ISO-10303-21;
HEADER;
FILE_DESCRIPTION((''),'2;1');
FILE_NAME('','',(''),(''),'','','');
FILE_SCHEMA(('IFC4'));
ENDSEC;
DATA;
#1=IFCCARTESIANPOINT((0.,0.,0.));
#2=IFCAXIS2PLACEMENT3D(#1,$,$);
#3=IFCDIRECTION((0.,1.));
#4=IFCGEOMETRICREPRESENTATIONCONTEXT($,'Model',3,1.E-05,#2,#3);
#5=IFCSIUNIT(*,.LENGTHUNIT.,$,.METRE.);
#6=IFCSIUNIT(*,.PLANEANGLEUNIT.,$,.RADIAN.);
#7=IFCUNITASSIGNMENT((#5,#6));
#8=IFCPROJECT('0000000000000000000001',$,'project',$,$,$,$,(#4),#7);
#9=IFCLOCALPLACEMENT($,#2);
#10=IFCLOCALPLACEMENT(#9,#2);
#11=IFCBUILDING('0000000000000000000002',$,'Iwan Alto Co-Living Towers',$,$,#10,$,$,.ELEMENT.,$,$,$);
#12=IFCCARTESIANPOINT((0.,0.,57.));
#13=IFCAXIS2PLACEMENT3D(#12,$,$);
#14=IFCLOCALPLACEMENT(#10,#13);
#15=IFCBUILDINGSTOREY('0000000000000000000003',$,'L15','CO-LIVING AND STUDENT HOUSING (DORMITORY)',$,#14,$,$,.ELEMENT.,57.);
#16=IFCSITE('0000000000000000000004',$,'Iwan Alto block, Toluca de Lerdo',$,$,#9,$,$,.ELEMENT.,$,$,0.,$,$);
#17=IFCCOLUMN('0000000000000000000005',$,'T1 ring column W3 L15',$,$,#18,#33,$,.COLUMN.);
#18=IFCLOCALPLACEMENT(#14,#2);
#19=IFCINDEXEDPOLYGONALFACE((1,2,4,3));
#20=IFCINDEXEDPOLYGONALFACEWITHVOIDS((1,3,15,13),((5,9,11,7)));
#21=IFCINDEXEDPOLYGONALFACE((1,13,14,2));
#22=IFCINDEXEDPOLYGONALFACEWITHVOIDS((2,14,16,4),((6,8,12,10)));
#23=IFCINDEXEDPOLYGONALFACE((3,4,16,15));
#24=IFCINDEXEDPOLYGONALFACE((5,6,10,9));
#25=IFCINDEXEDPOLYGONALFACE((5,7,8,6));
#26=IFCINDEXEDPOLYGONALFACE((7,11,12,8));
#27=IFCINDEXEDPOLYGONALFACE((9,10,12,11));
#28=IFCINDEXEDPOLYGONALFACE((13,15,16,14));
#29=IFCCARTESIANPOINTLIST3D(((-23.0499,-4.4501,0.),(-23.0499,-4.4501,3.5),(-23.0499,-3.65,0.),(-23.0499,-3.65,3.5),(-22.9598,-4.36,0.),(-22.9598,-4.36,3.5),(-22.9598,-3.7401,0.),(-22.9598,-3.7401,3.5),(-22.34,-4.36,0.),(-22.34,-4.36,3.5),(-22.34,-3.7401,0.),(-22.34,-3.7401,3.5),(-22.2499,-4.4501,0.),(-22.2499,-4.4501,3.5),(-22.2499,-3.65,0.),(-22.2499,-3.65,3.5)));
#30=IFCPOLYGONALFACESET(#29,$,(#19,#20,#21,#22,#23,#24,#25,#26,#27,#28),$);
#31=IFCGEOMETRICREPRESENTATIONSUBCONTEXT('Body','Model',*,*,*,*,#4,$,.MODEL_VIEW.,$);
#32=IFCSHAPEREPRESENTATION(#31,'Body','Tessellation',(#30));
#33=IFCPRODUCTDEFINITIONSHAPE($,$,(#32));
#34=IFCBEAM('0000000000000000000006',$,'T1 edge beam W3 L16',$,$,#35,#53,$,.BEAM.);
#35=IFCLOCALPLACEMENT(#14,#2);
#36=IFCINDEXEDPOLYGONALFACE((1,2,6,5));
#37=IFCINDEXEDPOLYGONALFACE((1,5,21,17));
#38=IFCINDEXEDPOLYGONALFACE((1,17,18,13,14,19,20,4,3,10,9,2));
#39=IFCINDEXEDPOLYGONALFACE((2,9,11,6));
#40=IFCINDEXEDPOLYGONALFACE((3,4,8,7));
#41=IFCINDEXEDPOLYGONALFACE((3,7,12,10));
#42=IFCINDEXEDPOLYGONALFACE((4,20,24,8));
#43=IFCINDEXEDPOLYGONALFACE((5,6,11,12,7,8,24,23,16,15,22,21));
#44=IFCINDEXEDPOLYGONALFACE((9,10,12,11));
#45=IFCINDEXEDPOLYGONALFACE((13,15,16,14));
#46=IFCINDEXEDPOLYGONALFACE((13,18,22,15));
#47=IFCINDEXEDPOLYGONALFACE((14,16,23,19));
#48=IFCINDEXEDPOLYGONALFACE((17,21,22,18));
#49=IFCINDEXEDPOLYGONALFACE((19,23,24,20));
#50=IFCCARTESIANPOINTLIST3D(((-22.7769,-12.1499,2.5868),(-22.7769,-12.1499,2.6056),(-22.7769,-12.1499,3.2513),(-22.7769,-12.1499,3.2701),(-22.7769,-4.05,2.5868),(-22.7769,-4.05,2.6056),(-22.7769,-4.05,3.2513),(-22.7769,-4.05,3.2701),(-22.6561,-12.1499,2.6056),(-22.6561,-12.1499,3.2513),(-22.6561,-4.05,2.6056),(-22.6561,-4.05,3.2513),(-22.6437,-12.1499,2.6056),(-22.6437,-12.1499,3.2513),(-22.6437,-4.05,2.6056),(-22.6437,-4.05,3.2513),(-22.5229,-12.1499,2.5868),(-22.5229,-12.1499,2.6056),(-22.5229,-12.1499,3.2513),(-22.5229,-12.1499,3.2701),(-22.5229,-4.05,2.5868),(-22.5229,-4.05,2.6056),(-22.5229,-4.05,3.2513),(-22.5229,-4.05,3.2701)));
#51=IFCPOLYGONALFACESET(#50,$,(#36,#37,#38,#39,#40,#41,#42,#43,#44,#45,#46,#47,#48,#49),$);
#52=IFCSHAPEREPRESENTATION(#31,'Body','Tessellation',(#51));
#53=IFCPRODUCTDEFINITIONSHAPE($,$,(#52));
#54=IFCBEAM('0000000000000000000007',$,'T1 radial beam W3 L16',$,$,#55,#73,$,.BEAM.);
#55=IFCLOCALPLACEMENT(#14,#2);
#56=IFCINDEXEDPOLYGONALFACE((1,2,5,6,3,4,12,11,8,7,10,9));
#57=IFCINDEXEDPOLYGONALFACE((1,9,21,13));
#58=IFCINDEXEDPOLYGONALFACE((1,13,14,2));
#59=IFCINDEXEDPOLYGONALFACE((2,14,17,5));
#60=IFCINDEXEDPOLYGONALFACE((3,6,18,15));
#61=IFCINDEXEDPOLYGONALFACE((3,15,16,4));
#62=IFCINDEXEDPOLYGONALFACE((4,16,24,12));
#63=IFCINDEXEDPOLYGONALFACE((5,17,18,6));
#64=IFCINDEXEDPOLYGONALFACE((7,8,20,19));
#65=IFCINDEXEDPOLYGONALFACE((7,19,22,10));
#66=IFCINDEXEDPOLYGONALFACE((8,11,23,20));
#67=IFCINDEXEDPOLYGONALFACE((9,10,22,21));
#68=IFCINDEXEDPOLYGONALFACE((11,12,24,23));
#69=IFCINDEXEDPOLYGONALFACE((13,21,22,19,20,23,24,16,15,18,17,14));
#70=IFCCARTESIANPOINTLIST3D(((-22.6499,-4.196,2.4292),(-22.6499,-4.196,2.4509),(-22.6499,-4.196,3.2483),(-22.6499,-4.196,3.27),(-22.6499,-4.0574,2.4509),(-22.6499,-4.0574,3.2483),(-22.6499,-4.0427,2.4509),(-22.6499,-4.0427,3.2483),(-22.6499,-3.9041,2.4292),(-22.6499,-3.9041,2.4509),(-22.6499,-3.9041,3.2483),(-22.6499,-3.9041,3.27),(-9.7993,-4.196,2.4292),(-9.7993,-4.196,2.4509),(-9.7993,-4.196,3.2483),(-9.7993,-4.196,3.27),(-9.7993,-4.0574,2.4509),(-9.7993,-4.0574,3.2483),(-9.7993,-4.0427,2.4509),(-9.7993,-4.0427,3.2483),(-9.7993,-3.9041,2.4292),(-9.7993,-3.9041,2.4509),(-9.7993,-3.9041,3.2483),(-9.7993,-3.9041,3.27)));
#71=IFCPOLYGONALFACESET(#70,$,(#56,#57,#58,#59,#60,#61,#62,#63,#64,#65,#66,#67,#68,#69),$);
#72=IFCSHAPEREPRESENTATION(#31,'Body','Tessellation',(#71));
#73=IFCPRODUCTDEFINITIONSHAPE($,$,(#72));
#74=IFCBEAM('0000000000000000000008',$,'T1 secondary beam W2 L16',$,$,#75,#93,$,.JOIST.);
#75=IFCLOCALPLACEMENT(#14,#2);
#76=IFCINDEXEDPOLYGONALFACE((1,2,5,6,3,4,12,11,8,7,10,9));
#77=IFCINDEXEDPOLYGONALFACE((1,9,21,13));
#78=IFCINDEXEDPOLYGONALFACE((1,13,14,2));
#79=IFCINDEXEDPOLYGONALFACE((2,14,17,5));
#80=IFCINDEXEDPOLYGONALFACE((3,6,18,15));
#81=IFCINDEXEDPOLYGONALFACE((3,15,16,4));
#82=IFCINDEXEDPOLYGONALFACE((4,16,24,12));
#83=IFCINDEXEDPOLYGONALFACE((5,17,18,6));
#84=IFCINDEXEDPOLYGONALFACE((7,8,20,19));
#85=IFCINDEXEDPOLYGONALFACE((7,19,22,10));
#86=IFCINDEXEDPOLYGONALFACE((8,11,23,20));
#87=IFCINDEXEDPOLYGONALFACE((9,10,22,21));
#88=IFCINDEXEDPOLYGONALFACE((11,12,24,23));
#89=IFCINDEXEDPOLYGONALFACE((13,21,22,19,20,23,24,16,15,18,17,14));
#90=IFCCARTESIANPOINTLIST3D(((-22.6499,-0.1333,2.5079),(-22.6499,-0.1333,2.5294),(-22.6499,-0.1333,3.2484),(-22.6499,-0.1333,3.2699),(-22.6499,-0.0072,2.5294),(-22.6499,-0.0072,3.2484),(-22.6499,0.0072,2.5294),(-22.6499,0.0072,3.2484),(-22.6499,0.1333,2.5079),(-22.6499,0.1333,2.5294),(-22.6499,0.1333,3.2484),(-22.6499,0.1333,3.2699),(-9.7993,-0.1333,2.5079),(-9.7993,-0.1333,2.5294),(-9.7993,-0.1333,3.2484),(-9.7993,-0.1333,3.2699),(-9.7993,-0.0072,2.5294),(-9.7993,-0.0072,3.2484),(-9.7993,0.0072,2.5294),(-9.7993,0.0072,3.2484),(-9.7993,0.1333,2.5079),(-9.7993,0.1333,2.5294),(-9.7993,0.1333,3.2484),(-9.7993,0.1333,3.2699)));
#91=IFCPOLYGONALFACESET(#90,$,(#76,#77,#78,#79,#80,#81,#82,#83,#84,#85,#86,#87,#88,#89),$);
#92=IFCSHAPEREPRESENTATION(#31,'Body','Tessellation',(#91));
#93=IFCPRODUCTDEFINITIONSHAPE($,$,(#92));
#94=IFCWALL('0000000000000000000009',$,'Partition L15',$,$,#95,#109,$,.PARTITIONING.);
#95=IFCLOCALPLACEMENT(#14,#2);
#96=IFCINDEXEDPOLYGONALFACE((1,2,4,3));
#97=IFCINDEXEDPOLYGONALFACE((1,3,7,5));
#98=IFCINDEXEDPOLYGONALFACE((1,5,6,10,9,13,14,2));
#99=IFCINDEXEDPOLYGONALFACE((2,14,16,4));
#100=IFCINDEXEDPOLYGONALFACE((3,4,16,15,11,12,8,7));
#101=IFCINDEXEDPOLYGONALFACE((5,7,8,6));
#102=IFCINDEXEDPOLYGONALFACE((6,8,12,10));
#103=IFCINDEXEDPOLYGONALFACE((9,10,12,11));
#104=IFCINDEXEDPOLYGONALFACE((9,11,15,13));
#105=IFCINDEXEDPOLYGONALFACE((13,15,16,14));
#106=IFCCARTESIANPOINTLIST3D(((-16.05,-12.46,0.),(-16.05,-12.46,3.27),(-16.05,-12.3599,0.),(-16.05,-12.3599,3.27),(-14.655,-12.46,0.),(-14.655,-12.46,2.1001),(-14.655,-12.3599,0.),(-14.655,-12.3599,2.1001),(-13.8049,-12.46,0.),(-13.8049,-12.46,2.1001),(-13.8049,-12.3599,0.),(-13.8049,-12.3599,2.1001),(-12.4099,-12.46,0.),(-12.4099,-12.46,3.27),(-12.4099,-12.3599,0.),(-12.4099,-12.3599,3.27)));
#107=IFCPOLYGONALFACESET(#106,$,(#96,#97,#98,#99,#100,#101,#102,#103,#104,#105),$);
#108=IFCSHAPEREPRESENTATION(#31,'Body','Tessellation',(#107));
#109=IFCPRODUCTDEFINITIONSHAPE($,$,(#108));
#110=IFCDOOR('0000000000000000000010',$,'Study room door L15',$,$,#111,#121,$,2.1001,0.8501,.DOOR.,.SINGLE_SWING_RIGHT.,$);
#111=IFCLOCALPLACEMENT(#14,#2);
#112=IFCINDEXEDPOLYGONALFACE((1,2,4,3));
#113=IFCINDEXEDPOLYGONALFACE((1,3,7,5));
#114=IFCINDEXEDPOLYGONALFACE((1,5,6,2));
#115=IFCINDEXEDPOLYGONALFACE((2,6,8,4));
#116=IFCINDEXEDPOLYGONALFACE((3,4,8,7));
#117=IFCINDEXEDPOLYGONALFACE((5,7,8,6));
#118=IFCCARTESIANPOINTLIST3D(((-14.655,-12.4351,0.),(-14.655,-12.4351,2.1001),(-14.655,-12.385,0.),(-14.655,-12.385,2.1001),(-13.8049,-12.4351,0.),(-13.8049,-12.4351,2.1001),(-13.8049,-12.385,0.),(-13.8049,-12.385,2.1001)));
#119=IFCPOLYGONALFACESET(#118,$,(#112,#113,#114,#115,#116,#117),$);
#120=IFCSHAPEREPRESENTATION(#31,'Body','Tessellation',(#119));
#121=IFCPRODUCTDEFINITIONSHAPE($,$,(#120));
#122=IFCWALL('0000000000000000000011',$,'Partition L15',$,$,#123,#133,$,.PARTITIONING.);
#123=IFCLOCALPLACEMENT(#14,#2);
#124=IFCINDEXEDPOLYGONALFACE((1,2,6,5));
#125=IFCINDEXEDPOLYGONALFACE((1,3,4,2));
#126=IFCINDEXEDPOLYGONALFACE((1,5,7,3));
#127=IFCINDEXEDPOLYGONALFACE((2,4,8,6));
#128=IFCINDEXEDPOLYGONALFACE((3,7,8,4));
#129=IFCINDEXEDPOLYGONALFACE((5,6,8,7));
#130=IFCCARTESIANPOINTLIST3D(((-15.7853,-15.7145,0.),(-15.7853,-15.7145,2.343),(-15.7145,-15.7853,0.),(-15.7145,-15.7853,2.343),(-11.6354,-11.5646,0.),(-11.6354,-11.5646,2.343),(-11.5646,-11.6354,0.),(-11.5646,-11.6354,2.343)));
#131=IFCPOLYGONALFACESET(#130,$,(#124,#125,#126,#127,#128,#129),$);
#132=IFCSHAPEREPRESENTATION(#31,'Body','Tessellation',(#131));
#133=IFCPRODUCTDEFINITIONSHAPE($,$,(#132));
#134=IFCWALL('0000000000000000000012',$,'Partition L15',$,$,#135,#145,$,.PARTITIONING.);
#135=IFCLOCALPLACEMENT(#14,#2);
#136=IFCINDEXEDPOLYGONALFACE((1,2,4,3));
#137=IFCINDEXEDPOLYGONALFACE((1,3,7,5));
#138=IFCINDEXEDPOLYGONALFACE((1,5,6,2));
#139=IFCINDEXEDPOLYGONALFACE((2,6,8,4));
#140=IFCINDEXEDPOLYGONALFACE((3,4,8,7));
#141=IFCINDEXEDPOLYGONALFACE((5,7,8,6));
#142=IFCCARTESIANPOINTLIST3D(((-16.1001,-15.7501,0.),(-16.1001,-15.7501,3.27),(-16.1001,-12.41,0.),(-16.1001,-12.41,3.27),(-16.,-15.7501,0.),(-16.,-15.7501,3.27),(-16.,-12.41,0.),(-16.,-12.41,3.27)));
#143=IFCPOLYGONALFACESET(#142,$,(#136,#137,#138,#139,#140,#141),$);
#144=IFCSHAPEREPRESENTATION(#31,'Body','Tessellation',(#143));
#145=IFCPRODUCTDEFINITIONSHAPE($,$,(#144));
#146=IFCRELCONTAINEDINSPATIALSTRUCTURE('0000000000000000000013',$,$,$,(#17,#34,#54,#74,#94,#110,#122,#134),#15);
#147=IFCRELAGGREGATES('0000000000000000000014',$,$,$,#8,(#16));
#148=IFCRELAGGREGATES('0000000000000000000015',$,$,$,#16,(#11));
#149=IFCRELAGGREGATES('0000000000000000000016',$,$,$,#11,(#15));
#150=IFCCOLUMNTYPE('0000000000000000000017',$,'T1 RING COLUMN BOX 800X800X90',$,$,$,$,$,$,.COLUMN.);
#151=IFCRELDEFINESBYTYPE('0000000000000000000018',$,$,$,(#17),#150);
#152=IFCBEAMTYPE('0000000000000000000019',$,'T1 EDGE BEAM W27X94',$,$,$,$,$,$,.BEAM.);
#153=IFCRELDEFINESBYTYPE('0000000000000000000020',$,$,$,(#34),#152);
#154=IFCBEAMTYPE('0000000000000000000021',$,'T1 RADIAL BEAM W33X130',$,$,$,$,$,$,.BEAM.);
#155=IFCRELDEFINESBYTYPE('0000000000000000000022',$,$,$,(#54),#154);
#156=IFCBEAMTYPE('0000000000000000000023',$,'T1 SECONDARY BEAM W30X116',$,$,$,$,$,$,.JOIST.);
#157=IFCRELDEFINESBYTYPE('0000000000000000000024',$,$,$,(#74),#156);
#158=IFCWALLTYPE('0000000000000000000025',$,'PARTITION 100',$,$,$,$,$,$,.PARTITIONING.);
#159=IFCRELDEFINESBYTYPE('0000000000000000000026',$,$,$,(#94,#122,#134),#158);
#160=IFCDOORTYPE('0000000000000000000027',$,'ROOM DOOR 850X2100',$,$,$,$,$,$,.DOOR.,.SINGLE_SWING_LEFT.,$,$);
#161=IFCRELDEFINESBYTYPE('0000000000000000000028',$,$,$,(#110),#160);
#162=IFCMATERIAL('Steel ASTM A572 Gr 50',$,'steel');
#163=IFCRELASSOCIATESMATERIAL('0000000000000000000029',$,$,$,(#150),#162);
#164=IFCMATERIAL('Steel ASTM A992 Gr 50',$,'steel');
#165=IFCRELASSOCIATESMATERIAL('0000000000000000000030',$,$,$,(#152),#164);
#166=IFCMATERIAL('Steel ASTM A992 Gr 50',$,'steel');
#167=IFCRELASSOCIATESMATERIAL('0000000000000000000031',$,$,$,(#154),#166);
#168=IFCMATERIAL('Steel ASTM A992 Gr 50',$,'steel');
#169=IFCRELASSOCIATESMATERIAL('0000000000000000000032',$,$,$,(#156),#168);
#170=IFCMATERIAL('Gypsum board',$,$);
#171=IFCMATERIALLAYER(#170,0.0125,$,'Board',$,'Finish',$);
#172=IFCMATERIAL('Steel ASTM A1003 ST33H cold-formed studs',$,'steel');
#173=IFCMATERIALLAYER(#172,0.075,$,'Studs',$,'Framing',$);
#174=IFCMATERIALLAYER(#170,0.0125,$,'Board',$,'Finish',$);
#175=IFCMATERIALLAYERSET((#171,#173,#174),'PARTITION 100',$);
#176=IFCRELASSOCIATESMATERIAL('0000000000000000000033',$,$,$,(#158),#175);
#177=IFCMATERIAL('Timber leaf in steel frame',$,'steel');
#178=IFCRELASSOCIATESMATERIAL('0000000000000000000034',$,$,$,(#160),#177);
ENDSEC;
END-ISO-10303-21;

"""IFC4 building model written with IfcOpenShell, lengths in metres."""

from ifc_helpers import new_model, si_unit, direction, frame, frame_2d, origin, origin_2d, place, context, subcontext, project, spatial, rectangle, hollow_rectangle, i_section, extrude, material, layer, layer_set, material_profile, profile_set, type_object, element, fill, save


model = new_model("IFC4")

# Units and contexts
model_context = context("Model", 3, precision=1e-05, world=origin(), true_north=direction((0.0, 1.0)))
body_context = subcontext(model_context, "Body", "Model", "MODEL_VIEW")
ifc_project = project(units=[si_unit("LENGTHUNIT", "METRE"), si_unit("PLANEANGLEUNIT", "RADIAN")], contexts=[model_context])

# Site, building, storey
site_placement = place(None, origin())
site = spatial("IfcSite", under=ifc_project, at=site_placement, Name="Iwan Alto block, Toluca de Lerdo", CompositionType="ELEMENT", RefElevation=0.0)
building_placement = place(site_placement, origin())
building = spatial("IfcBuilding", under=site, at=building_placement, Name="Iwan Alto Co-Living Towers", CompositionType="ELEMENT")
storey_placement = place(building_placement, frame((0.0, 0.0, 57.0)))
storey = spatial("IfcBuildingStorey", under=building, at=storey_placement, Name="L15", Description="CO-LIVING AND STUDENT HOUSING (DORMITORY)", CompositionType="ELEMENT", Elevation=57.0)

# Column
ifc_material_1 = material(Name="Steel ASTM A572 Gr 50", Category="steel")
ifc_material_profile_1 = material_profile(ifc_material_1, hollow_rectangle(XDim=0.8, YDim=0.8, WallThickness=0.0901, at=origin_2d()), Name="BOX 800X800X90")
ifc_profile_set_1 = profile_set([ifc_material_profile_1], Name="Steel ASTM A572 Gr 50")
column_type = type_object("IfcColumnType", Name="T1 RING COLUMN BOX 800X800X90", PredefinedType="COLUMN", material=ifc_profile_set_1)
column_placement = place(storey_placement, frame((-22.6499, -4.05, 0.0), z_axis=(0.0, 0.0, 1.0), x_axis=(1.0, 0.0, 0.0)))
element("IfcColumn", 1, at=column_placement, inside=storey, type_object=column_type, Name="T1 ring column W3 L15", PredefinedType="COLUMN", context=body_context, shape_type="SweptSolid", body=[
    extrude(hollow_rectangle(XDim=0.8, YDim=0.8, WallThickness=0.0901, at=origin_2d()), origin(), (0.0, 0.0, 1.0), 3.5),
])

# Beams
ifc_material_2 = material(Name="Steel ASTM A992 Gr 50", Category="steel")
ifc_material_profile_2 = material_profile(ifc_material_2, i_section(OverallWidth=0.2539, OverallDepth=0.6833, WebThickness=0.0125, FlangeThickness=0.0188, at=origin_2d()), Name="W27X94")
ifc_profile_set_2 = profile_set([ifc_material_profile_2], Name="Steel ASTM A992 Gr 50")
beam_type_1 = type_object("IfcBeamType", Name="T1 EDGE BEAM W27X94", PredefinedType="BEAM", material=ifc_profile_set_2)
beam_1_placement = place(storey_placement, frame((-22.6499, -4.05, 2.9285), z_axis=(0.0, -1.0, 0.0), x_axis=(1.0, 0.0, 0.0)))
element("IfcBeam", 2, at=beam_1_placement, inside=storey, type_object=beam_type_1, Name="T1 edge beam W3 L16", PredefinedType="BEAM", context=body_context, shape_type="SweptSolid", body=[
    extrude(i_section(OverallWidth=0.2539, OverallDepth=0.6833, WebThickness=0.0125, FlangeThickness=0.0188, at=origin_2d()), origin(), (0.0, 0.0, 1.0), 8.0999),
])
ifc_material_3 = material(Name="Steel ASTM A992 Gr 50", Category="steel")
ifc_material_profile_3 = material_profile(ifc_material_3, i_section(OverallWidth=0.292, OverallDepth=0.8408, WebThickness=0.0146, FlangeThickness=0.0217, at=origin_2d()), Name="W33X130")
ifc_profile_set_3 = profile_set([ifc_material_profile_3], Name="Steel ASTM A992 Gr 50")
beam_type_2 = type_object("IfcBeamType", Name="T1 RADIAL BEAM W33X130", PredefinedType="BEAM", material=ifc_profile_set_3)
beam_2_placement = place(storey_placement, frame((-22.6499, -4.05, 2.8496), z_axis=(1.0, 0.0, 0.0), x_axis=(0.0, 1.0, 0.0)))
element("IfcBeam", 3, at=beam_2_placement, inside=storey, type_object=beam_type_2, Name="T1 radial beam W3 L16", PredefinedType="BEAM", context=body_context, shape_type="SweptSolid", body=[
    extrude(i_section(OverallWidth=0.292, OverallDepth=0.8408, WebThickness=0.0146, FlangeThickness=0.0217, at=origin_2d()), origin(), (0.0, 0.0, 1.0), 12.8506),
])
ifc_material_4 = material(Name="Steel ASTM A992 Gr 50", Category="steel")
ifc_material_profile_4 = material_profile(ifc_material_4, i_section(OverallWidth=0.2666, OverallDepth=0.762, WebThickness=0.0144, FlangeThickness=0.0215, at=origin_2d()), Name="W30X116")
ifc_profile_set_4 = profile_set([ifc_material_profile_4], Name="Steel ASTM A992 Gr 50")
beam_type_3 = type_object("IfcBeamType", Name="T1 SECONDARY BEAM W30X116", PredefinedType="JOIST", material=ifc_profile_set_4)
beam_3_placement = place(storey_placement, frame((-22.6499, 0.0, 2.8889), z_axis=(1.0, 0.0, 0.0), x_axis=(0.0, 1.0, 0.0)))
element("IfcBeam", 4, at=beam_3_placement, inside=storey, type_object=beam_type_3, Name="T1 secondary beam W2 L16", PredefinedType="JOIST", context=body_context, shape_type="SweptSolid", body=[
    extrude(i_section(OverallWidth=0.2666, OverallDepth=0.762, WebThickness=0.0144, FlangeThickness=0.0215, at=origin_2d()), origin(), (0.0, 0.0, 1.0), 12.8506),
])

# Wall, opening, door
ifc_material_5 = material(Name="Gypsum board")
ifc_layer_1 = layer(ifc_material_5, 0.0125, Name="Board", Category="Finish")
ifc_material_6 = material(Name="Steel ASTM A1003 ST33H cold-formed studs", Category="steel")
ifc_layer_2 = layer(ifc_material_6, 0.075, Name="Studs", Category="Framing")
ifc_layer_3 = layer(ifc_material_5, 0.0125, Name="Board", Category="Finish")
ifc_layer_set_1 = layer_set([ifc_layer_1, ifc_layer_2, ifc_layer_3], Name="PARTITION 100")
wall_type_1 = type_object("IfcWallType", Name="PARTITION 100", PredefinedType="PARTITIONING", material=ifc_layer_set_1)
wall_1_placement = place(storey_placement, frame((-16.05, -12.4099, 0.0), z_axis=(0.0, 0.0, 1.0), x_axis=(1.0, 0.0, 0.0)))
wall_1 = element("IfcWall", 5, at=wall_1_placement, inside=storey, type_object=wall_type_1, Name="Partition L15", PredefinedType="PARTITIONING", context=body_context, shape_type="SweptSolid", body=[
    extrude(rectangle(XDim=3.6401, YDim=0.1001, at=frame_2d((1.8201, 0.0))), origin(), (0.0, 0.0, 1.0), 3.27),
])
opening_1_placement = place(wall_1_placement, frame((1.395, 0.0, 0.0)))
opening_1 = element("IfcOpeningElement", 6, at=opening_1_placement, cuts=wall_1, PredefinedType="OPENING", context=body_context, shape_type="SweptSolid", body=[
    extrude(rectangle(XDim=0.8501, YDim=2.1001, at=frame_2d((0.425, 1.05))), frame((0.0, 0.0601, 0.0), z_axis=(0.0, -1.0, 0.0), x_axis=(1.0, 0.0, 0.0)), (0.0, 0.0, 1.0), 0.1201),
])
ifc_material_7 = material(Name="Timber leaf in steel frame", Category="steel")
door_type_1 = type_object("IfcDoorType", Name="ROOM DOOR 850X2100", OperationType="SINGLE_SWING_LEFT", PredefinedType="DOOR", material=ifc_material_7)
door_1_placement = place(opening_1_placement, origin())
door_1 = element("IfcDoor", 7, at=door_1_placement, inside=storey, type_object=door_type_1, Name="Study room door L15", OperationType="SINGLE_SWING_RIGHT", OverallHeight=2.1001, OverallWidth=0.8501, PredefinedType="DOOR", context=body_context, shape_type="SweptSolid", body=[
    extrude(rectangle(XDim=0.8501, YDim=2.1001, at=frame_2d((0.425, 1.05))), frame((0.0, 0.0249, 0.0), z_axis=(0.0, -1.0, 0.0), x_axis=(1.0, 0.0, 0.0)), (0.0, 0.0, 1.0), 0.05),
])
fill(opening_1, door_1)

# Walls
wall_2_placement = place(storey_placement, frame((-15.75, -15.75, 0.0), z_axis=(0.0, 0.0, 1.0), x_axis=(0.707107, 0.707107, 0.0)))
element("IfcWall", 8, at=wall_2_placement, inside=storey, type_object=wall_type_1, Name="Partition L15", PredefinedType="PARTITIONING", context=body_context, shape_type="SweptSolid", body=[
    extrude(rectangle(XDim=5.8689, YDim=0.1001, at=frame_2d((2.9346, 0.0))), origin(), (0.0, 0.0, 1.0), 2.343),
])
wall_3_placement = place(storey_placement, frame((-16.05, -15.75, 0.0), z_axis=(0.0, 0.0, 1.0), x_axis=(0.0, 1.0, 0.0)))
element("IfcWall", 9, at=wall_3_placement, inside=storey, type_object=wall_type_1, Name="Partition L15", PredefinedType="PARTITIONING", context=body_context, shape_type="SweptSolid", body=[
    extrude(rectangle(XDim=3.3401, YDim=0.1001, at=frame_2d((1.6699, 0.0))), origin(), (0.0, 0.0, 1.0), 3.27),
])

save(model, "model.ifc")
